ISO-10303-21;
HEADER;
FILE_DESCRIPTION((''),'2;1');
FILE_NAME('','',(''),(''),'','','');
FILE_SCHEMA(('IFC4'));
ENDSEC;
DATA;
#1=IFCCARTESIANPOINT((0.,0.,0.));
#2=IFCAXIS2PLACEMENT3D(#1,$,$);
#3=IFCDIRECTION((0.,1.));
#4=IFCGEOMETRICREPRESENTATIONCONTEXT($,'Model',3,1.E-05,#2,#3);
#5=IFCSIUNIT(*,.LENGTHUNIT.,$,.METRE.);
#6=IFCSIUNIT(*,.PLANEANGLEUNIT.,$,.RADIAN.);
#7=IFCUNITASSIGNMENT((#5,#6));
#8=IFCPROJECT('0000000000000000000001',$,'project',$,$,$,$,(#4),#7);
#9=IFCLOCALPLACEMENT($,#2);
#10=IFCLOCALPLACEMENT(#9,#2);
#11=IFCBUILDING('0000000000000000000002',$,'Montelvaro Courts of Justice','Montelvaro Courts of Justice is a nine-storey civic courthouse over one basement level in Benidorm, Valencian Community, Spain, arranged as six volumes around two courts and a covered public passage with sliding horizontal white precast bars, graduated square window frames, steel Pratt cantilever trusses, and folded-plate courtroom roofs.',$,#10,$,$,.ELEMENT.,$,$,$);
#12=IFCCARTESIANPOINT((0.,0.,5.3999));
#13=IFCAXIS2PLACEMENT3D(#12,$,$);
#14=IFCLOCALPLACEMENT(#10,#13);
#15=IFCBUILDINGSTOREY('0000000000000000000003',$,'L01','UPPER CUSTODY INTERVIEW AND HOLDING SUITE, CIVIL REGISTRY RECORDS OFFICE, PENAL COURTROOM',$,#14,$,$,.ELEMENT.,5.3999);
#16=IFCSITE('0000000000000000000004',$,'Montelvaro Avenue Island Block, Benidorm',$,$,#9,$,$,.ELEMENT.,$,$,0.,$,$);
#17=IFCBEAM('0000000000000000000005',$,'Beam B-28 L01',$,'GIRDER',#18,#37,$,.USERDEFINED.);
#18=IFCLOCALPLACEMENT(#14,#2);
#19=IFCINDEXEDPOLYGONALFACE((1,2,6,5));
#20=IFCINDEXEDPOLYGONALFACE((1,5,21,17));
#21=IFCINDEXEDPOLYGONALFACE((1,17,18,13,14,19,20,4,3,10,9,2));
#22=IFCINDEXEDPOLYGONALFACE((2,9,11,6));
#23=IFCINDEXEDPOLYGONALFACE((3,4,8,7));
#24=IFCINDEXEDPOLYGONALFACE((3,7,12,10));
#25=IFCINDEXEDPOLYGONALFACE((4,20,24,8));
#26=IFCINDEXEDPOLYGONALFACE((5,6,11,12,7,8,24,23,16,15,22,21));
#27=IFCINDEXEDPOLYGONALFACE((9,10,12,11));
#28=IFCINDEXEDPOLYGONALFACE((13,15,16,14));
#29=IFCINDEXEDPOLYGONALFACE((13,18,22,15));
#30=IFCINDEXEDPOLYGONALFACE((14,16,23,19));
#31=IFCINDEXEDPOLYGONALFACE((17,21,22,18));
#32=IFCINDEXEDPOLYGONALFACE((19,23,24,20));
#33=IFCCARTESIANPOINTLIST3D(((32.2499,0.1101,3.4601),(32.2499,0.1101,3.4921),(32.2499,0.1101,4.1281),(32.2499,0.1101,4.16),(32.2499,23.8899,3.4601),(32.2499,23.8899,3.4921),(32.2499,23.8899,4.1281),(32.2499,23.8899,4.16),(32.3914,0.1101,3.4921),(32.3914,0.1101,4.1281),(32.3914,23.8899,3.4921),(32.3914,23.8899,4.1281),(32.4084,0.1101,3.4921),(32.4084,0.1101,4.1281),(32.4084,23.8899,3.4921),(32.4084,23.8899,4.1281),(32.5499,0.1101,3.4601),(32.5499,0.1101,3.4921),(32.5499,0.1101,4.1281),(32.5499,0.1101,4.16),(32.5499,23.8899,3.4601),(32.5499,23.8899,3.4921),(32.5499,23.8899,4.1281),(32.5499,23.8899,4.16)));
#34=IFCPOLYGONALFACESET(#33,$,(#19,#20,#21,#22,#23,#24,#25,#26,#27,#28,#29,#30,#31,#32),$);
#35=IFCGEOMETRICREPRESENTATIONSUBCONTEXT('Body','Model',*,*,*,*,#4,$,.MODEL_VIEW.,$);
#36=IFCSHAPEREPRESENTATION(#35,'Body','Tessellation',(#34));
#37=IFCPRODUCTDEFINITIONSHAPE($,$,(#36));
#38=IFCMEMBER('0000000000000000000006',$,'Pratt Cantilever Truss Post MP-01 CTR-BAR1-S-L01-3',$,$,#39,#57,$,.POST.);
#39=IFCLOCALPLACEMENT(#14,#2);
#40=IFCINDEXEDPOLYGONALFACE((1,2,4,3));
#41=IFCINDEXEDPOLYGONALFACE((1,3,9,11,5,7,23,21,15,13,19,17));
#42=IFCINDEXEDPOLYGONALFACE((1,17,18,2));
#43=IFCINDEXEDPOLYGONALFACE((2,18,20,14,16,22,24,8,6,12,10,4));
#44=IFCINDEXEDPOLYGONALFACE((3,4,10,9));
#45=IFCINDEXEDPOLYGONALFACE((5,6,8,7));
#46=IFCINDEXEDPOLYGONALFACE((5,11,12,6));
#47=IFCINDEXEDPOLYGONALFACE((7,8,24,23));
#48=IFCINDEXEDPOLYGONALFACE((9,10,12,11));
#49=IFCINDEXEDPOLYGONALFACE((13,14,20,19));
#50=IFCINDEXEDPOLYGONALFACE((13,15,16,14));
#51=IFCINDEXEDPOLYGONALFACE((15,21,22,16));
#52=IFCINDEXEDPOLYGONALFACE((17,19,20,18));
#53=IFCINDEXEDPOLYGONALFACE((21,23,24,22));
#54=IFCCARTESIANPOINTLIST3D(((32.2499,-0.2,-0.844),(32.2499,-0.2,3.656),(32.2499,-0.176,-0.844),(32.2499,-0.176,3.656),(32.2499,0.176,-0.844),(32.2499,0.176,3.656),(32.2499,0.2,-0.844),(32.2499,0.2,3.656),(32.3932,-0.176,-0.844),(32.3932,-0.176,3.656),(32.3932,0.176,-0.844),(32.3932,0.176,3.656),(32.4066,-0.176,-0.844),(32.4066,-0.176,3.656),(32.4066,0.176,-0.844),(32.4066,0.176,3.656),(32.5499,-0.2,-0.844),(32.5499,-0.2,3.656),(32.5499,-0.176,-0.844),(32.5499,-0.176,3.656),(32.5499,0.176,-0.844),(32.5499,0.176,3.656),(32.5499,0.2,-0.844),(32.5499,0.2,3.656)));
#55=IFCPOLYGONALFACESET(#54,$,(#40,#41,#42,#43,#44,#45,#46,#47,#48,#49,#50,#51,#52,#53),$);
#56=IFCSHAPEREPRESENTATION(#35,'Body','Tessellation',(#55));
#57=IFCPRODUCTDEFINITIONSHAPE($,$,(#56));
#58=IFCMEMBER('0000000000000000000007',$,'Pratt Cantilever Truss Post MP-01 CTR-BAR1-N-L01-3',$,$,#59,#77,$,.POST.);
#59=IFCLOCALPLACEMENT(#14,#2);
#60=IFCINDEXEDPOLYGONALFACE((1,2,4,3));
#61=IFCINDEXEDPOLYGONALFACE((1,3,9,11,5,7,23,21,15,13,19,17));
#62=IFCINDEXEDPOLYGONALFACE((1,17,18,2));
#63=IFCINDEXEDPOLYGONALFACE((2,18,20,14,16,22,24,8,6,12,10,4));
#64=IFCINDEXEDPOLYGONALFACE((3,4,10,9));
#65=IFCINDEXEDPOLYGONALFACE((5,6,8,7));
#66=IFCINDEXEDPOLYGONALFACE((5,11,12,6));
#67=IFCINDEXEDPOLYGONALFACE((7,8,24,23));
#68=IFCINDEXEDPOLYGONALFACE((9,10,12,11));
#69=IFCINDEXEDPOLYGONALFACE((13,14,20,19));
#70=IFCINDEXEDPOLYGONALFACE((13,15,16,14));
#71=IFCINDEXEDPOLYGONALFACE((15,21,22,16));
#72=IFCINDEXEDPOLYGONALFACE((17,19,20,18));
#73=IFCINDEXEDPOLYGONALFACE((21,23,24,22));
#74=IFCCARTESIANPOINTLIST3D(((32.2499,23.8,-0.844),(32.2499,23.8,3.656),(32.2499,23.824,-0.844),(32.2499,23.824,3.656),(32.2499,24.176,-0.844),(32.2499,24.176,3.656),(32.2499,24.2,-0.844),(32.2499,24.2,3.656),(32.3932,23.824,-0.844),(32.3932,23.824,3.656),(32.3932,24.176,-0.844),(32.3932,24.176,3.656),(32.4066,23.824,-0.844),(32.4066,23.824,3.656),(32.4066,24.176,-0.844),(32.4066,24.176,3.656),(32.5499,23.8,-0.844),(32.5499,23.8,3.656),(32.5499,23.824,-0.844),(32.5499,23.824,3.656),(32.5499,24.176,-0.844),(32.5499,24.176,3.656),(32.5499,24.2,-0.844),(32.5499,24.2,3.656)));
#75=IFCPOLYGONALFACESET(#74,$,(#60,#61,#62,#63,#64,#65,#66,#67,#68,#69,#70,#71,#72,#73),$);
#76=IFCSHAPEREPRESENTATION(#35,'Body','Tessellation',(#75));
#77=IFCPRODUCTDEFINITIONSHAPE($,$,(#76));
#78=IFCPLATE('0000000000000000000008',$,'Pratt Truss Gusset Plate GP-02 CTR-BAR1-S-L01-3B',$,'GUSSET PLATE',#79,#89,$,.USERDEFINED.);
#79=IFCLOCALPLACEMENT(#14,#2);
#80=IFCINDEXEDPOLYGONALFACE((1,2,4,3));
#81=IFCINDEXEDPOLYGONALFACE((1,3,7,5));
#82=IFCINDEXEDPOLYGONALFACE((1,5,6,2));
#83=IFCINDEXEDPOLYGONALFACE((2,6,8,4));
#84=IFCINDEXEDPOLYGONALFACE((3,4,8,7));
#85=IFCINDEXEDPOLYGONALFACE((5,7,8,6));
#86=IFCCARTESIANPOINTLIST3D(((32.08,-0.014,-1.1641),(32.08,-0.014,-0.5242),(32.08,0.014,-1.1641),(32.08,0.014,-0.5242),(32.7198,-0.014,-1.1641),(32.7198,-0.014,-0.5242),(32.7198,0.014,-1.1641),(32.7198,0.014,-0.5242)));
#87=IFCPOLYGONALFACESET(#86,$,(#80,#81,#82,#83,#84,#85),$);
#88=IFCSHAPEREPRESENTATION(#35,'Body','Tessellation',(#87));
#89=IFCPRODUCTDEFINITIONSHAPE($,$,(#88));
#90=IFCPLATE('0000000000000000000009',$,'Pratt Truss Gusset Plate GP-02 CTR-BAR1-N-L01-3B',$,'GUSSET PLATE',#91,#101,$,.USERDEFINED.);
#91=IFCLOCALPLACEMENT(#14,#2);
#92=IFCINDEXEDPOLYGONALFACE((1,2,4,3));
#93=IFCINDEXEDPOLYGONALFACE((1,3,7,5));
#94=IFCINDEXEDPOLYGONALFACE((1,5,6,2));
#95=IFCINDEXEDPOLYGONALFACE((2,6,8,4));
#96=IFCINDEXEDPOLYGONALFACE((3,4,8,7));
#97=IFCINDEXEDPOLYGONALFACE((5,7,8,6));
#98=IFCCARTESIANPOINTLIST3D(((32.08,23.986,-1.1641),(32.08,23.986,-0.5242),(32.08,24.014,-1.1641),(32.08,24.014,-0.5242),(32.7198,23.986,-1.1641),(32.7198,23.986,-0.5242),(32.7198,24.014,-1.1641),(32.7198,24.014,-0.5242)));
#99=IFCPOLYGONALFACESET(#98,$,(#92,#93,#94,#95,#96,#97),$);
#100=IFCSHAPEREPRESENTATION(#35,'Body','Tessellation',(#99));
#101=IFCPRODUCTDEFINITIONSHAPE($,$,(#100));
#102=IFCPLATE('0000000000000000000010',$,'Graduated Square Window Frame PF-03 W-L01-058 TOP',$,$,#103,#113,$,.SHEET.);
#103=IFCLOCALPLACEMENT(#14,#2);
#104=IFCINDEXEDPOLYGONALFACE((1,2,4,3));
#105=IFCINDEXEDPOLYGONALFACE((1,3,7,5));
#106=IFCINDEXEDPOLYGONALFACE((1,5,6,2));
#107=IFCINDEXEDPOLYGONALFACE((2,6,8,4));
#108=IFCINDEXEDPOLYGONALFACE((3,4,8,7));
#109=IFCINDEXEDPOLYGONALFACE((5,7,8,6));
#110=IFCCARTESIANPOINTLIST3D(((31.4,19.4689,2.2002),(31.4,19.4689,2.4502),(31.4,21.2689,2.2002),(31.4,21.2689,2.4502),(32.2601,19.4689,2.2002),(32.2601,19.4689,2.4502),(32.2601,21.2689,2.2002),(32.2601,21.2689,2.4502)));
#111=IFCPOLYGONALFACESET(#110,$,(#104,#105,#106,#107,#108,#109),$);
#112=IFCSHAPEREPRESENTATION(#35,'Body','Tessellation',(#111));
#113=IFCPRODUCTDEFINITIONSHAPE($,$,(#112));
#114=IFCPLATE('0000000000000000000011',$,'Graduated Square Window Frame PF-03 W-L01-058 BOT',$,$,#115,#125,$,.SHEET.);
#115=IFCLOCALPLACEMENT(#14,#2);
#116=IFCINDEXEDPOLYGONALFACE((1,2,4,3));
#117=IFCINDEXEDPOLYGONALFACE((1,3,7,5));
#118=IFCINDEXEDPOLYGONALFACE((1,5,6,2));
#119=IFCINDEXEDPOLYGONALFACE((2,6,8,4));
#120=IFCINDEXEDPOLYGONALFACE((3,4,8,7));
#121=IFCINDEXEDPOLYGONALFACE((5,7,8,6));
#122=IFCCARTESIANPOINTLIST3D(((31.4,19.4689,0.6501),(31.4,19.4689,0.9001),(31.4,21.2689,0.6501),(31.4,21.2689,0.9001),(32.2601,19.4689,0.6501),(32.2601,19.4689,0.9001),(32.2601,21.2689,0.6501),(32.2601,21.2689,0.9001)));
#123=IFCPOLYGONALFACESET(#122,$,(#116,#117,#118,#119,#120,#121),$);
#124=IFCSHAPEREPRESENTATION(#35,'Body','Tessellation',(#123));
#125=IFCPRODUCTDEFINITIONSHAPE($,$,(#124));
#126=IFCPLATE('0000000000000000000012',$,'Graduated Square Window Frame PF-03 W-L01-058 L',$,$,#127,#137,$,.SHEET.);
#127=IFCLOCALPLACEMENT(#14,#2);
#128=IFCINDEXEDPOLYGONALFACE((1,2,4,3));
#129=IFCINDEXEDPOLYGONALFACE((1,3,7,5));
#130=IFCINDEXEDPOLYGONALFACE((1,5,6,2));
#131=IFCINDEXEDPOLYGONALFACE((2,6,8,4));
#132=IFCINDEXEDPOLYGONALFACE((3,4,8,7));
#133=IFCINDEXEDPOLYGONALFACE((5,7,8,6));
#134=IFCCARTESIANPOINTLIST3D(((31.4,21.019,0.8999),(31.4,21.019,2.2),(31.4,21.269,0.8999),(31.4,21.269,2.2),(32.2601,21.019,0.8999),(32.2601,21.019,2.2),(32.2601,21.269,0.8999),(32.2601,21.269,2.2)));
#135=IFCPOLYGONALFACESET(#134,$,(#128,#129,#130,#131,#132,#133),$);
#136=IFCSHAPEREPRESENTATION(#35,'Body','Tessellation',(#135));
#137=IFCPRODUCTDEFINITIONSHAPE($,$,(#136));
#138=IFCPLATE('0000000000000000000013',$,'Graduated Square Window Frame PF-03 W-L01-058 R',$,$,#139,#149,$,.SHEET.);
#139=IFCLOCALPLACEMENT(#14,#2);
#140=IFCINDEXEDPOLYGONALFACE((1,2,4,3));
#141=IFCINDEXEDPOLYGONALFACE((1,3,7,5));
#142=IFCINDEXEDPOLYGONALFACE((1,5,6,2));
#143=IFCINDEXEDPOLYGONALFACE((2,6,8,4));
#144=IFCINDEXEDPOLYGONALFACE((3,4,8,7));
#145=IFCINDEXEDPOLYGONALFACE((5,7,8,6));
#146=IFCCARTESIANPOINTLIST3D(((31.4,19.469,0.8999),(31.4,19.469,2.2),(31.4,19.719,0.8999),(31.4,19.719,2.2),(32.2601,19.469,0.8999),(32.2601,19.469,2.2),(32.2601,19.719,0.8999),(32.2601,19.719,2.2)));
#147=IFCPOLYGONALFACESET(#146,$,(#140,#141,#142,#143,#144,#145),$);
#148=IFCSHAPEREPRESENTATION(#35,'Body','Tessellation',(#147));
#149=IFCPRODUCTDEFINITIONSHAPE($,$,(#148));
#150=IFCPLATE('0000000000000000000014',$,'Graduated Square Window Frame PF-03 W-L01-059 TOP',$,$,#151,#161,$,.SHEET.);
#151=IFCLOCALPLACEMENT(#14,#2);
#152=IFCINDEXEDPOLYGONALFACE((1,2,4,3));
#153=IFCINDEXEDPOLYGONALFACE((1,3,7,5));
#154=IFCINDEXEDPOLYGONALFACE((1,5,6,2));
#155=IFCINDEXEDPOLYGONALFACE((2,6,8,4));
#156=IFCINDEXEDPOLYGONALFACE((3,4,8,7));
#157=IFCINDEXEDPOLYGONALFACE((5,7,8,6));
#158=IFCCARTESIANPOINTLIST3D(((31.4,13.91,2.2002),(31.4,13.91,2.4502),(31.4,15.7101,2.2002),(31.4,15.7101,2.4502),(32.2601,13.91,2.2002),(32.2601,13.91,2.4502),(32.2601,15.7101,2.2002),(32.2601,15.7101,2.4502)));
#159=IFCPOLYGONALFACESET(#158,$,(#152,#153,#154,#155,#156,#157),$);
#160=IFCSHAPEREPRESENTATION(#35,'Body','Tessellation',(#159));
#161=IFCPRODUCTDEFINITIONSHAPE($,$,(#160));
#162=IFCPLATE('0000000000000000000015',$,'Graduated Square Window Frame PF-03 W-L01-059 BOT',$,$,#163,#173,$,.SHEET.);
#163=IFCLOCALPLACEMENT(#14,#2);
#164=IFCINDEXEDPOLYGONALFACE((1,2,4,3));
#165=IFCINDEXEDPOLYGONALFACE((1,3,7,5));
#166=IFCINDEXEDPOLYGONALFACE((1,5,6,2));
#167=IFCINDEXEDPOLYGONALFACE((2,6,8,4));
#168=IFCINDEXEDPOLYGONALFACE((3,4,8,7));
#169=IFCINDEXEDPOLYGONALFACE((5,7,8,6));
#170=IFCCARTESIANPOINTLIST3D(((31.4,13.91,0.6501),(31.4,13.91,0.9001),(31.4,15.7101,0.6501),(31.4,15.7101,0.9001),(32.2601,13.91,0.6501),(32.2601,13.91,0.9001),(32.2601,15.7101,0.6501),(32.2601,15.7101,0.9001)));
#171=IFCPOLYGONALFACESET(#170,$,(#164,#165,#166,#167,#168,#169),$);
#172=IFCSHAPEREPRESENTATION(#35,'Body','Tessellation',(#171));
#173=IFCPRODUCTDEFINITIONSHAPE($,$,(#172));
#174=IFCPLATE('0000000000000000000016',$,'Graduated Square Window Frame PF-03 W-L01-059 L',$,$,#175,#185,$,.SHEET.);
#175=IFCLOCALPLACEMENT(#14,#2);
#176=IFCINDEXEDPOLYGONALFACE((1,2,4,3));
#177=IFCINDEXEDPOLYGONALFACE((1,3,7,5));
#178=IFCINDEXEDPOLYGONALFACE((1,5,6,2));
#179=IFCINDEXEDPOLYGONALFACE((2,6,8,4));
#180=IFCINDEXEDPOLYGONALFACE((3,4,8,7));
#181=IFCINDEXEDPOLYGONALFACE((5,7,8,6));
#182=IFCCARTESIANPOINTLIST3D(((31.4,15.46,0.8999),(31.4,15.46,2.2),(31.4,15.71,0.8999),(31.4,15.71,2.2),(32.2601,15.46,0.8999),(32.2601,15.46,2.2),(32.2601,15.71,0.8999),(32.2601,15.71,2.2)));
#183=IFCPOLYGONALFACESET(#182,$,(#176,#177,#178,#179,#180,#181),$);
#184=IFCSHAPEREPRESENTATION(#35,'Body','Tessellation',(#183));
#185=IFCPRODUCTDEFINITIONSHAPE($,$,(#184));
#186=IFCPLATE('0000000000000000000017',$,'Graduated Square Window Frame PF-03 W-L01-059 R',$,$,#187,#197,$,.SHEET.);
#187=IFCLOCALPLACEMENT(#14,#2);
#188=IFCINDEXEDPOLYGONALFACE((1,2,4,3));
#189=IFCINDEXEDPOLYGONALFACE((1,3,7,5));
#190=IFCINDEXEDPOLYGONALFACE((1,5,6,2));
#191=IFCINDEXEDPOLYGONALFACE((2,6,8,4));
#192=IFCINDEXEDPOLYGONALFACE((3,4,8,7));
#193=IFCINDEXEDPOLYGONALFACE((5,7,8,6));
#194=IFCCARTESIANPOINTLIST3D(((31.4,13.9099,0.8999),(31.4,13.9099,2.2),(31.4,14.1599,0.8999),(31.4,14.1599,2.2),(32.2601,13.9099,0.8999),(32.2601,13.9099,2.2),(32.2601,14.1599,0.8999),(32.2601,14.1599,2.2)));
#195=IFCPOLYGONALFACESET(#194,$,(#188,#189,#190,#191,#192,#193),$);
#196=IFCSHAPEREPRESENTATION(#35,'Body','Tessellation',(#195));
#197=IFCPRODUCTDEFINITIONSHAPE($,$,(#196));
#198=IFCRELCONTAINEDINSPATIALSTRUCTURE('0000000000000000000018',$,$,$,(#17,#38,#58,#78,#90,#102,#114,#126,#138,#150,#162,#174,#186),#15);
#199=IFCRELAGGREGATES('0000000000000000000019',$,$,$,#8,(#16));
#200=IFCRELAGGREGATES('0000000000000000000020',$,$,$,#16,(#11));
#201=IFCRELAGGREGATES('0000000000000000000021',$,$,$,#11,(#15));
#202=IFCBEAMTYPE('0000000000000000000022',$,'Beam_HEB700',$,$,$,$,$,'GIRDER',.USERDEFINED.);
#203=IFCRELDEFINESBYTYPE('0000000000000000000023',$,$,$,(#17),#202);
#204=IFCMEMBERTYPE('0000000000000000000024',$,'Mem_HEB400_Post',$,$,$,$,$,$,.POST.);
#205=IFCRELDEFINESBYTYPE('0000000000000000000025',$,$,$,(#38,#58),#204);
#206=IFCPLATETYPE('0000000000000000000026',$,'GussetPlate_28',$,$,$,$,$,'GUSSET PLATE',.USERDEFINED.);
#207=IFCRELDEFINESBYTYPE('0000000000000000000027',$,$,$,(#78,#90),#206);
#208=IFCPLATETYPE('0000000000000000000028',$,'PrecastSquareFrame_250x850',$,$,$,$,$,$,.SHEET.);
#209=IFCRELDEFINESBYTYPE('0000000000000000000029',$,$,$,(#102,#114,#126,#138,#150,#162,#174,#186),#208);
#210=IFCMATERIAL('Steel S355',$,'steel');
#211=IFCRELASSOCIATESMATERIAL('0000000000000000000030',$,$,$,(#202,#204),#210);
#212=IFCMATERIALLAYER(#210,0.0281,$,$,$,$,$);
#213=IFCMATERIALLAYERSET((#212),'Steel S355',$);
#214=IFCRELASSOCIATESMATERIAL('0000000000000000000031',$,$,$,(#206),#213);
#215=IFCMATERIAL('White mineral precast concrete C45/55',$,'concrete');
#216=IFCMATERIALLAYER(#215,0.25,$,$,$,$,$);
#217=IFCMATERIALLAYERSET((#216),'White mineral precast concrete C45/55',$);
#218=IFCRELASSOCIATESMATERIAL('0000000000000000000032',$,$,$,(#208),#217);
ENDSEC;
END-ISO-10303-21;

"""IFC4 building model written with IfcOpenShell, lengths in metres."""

from ifc_helpers import new_model, si_unit, direction, frame, origin, origin_2d, place, context, subcontext, project, spatial, rectangle, i_section, extrude, material, layer, layer_set, material_profile, profile_set, type_object, element, save


model = new_model("IFC4")

# Units and contexts
model_context = context("Model", 3, precision=1e-05, world=origin(), true_north=direction((0.0, 1.0)))
body_context = subcontext(model_context, "Body", "Model", "MODEL_VIEW")
ifc_project = project(units=[si_unit("LENGTHUNIT", "METRE"), si_unit("PLANEANGLEUNIT", "RADIAN")], contexts=[model_context])

# Site, building, storey
site_placement = place(None, origin())
site = spatial("IfcSite", under=ifc_project, at=site_placement, Name="Montelvaro Avenue Island Block, Benidorm", CompositionType="ELEMENT", RefElevation=0.0)
building_placement = place(site_placement, origin())
building = spatial("IfcBuilding", under=site, at=building_placement, Name="Montelvaro Courts of Justice", Description="Montelvaro Courts of Justice is a nine-storey civic courthouse over one basement level in Benidorm, Valencian Community, Spain, arranged as six volumes around two courts and a covered public passage with sliding horizontal white precast bars, graduated square window frames, steel Pratt cantilever trusses, and folded-plate courtroom roofs.", CompositionType="ELEMENT")
storey_placement = place(building_placement, frame((0.0, 0.0, 5.3999)))
storey = spatial("IfcBuildingStorey", under=building, at=storey_placement, Name="L01", Description="UPPER CUSTODY INTERVIEW AND HOLDING SUITE, CIVIL REGISTRY RECORDS OFFICE, PENAL COURTROOM", CompositionType="ELEMENT", Elevation=5.3999)

# Beam
ifc_material_1 = material(Name="Steel S355", Category="steel")
ifc_material_profile_1 = material_profile(ifc_material_1, i_section(OverallWidth=0.3, OverallDepth=0.7, WebThickness=0.0171, FlangeThickness=0.032, at=origin_2d()), Name="HEB 700")
ifc_profile_set_1 = profile_set([ifc_material_profile_1], Name="Steel S355")
beam_type = type_object("IfcBeamType", Name="Beam_HEB700", ElementType="GIRDER", PredefinedType="USERDEFINED", material=ifc_profile_set_1)
beam_placement = place(storey_placement, frame((32.3999, 0.1101, 3.8101), z_axis=(0.0, 1.0, 0.0), x_axis=(-1.0, 0.0, 0.0)))
element("IfcBeam", 1, at=beam_placement, inside=storey, type_object=beam_type, Name="Beam B-28 L01", ObjectType="GIRDER", PredefinedType="USERDEFINED", context=body_context, shape_type="SweptSolid", body=[
    extrude(i_section(OverallWidth=0.3, OverallDepth=0.7, WebThickness=0.0171, FlangeThickness=0.032, at=origin_2d()), origin(), (0.0, 0.0, 1.0), 23.7798),
])

# Members
ifc_material_profile_2 = material_profile(ifc_material_1, i_section(OverallWidth=0.3, OverallDepth=0.3999, WebThickness=0.0134, FlangeThickness=0.0239, at=origin_2d()), Name="HEB 400")
ifc_profile_set_2 = profile_set([ifc_material_profile_2], Name="Steel S355")
member_type = type_object("IfcMemberType", Name="Mem_HEB400_Post", PredefinedType="POST", material=ifc_profile_set_2)
for number, where, z_axis, x_axis, name in (
    (2, (32.3999, 0.0, -0.844), (0.0, 0.0, 1.0), (1.0, 0.0, 0.0), "Pratt Cantilever Truss Post MP-01 CTR-BAR1-S-L01-3"),
    (3, (32.3999, 24.0, -0.844), (0.0, 0.0, 1.0), (1.0, 0.0, 0.0), "Pratt Cantilever Truss Post MP-01 CTR-BAR1-N-L01-3"),
):
    element("IfcMember", number, at=place(storey_placement, frame(where, z_axis=z_axis, x_axis=x_axis)), inside=storey, type_object=member_type, Name=name, PredefinedType="POST", context=body_context, shape_type="SweptSolid", body=[
        extrude(i_section(OverallWidth=0.3, OverallDepth=0.3999, WebThickness=0.0134, FlangeThickness=0.0239, at=origin_2d()), origin(), (0.0, 0.0, 1.0), 4.5),
    ])

# Plates
ifc_layer_1 = layer(ifc_material_1, 0.0281)
ifc_layer_set_1 = layer_set([ifc_layer_1], Name="Steel S355")
plate_type_1 = type_object("IfcPlateType", Name="GussetPlate_28", ElementType="GUSSET PLATE", PredefinedType="USERDEFINED", material=ifc_layer_set_1)
for number, where, z_axis, x_axis, name in (
    (4, (32.3999, 0.0, -1.1641), (0.0, 0.0, 1.0), (1.0, 0.0, 0.0), "Pratt Truss Gusset Plate GP-02 CTR-BAR1-S-L01-3B"),
    (5, (32.3999, 24.0, -1.1641), (0.0, 0.0, 1.0), (1.0, 0.0, 0.0), "Pratt Truss Gusset Plate GP-02 CTR-BAR1-N-L01-3B"),
):
    element("IfcPlate", number, at=place(storey_placement, frame(where, z_axis=z_axis, x_axis=x_axis)), inside=storey, type_object=plate_type_1, Name=name, ObjectType="GUSSET PLATE", PredefinedType="USERDEFINED", context=body_context, shape_type="SweptSolid", body=[
        extrude(rectangle(XDim=0.6399, YDim=0.0281, at=origin_2d()), origin(), (0.0, 0.0, 1.0), 0.6399),
    ])
ifc_material_2 = material(Name="White mineral precast concrete C45/55", Category="concrete")
ifc_layer_2 = layer(ifc_material_2, 0.25)
ifc_layer_set_2 = layer_set([ifc_layer_2], Name="White mineral precast concrete C45/55")
plate_type_2 = type_object("IfcPlateType", Name="PrecastSquareFrame_250x850", PredefinedType="SHEET", material=ifc_layer_set_2)
for number, where, z_axis, x_axis, name in (
    (6, (31.8301, 20.3689, 2.2002), (0.0, 0.0, 1.0), (0.0, -1.0, 0.0), "Graduated Square Window Frame PF-03 W-L01-058 TOP"),
    (7, (31.8301, 20.3689, 0.6501), (0.0, 0.0, 1.0), (0.0, -1.0, 0.0), "Graduated Square Window Frame PF-03 W-L01-058 BOT"),
):
    element("IfcPlate", number, at=place(storey_placement, frame(where, z_axis=z_axis, x_axis=x_axis)), inside=storey, type_object=plate_type_2, Name=name, PredefinedType="SHEET", context=body_context, shape_type="SweptSolid", body=[
        extrude(rectangle(XDim=1.8, YDim=0.8601, at=origin_2d()), origin(), (0.0, 0.0, 1.0), 0.25),
    ])
for number, where, z_axis, x_axis, name in (
    (8, (31.8301, 21.144, 0.8999), (0.0, 0.0, 1.0), (0.0, -1.0, 0.0), "Graduated Square Window Frame PF-03 W-L01-058 L"),
    (9, (31.8301, 19.594, 0.8999), (0.0, 0.0, 1.0), (0.0, -1.0, 0.0), "Graduated Square Window Frame PF-03 W-L01-058 R"),
):
    element("IfcPlate", number, at=place(storey_placement, frame(where, z_axis=z_axis, x_axis=x_axis)), inside=storey, type_object=plate_type_2, Name=name, PredefinedType="SHEET", context=body_context, shape_type="SweptSolid", body=[
        extrude(rectangle(XDim=0.25, YDim=0.8601, at=origin_2d()), origin(), (0.0, 0.0, 1.0), 1.3),
    ])
for number, where, z_axis, x_axis, name in (
    (10, (31.8301, 14.8101, 2.2002), (0.0, 0.0, 1.0), (0.0, -1.0, 0.0), "Graduated Square Window Frame PF-03 W-L01-059 TOP"),
    (11, (31.8301, 14.8101, 0.6501), (0.0, 0.0, 1.0), (0.0, -1.0, 0.0), "Graduated Square Window Frame PF-03 W-L01-059 BOT"),
):
    element("IfcPlate", number, at=place(storey_placement, frame(where, z_axis=z_axis, x_axis=x_axis)), inside=storey, type_object=plate_type_2, Name=name, PredefinedType="SHEET", context=body_context, shape_type="SweptSolid", body=[
        extrude(rectangle(XDim=1.8, YDim=0.8601, at=origin_2d()), origin(), (0.0, 0.0, 1.0), 0.25),
    ])
for number, where, z_axis, x_axis, name in (
    (12, (31.8301, 15.585, 0.8999), (0.0, 0.0, 1.0), (0.0, -1.0, 0.0), "Graduated Square Window Frame PF-03 W-L01-059 L"),
    (13, (31.8301, 14.0349, 0.8999), (0.0, 0.0, 1.0), (0.0, -1.0, 0.0), "Graduated Square Window Frame PF-03 W-L01-059 R"),
):
    element("IfcPlate", number, at=place(storey_placement, frame(where, z_axis=z_axis, x_axis=x_axis)), inside=storey, type_object=plate_type_2, Name=name, PredefinedType="SHEET", context=body_context, shape_type="SweptSolid", body=[
        extrude(rectangle(XDim=0.25, YDim=0.8601, at=origin_2d()), origin(), (0.0, 0.0, 1.0), 1.3),
    ])

save(model, "model.ifc")
